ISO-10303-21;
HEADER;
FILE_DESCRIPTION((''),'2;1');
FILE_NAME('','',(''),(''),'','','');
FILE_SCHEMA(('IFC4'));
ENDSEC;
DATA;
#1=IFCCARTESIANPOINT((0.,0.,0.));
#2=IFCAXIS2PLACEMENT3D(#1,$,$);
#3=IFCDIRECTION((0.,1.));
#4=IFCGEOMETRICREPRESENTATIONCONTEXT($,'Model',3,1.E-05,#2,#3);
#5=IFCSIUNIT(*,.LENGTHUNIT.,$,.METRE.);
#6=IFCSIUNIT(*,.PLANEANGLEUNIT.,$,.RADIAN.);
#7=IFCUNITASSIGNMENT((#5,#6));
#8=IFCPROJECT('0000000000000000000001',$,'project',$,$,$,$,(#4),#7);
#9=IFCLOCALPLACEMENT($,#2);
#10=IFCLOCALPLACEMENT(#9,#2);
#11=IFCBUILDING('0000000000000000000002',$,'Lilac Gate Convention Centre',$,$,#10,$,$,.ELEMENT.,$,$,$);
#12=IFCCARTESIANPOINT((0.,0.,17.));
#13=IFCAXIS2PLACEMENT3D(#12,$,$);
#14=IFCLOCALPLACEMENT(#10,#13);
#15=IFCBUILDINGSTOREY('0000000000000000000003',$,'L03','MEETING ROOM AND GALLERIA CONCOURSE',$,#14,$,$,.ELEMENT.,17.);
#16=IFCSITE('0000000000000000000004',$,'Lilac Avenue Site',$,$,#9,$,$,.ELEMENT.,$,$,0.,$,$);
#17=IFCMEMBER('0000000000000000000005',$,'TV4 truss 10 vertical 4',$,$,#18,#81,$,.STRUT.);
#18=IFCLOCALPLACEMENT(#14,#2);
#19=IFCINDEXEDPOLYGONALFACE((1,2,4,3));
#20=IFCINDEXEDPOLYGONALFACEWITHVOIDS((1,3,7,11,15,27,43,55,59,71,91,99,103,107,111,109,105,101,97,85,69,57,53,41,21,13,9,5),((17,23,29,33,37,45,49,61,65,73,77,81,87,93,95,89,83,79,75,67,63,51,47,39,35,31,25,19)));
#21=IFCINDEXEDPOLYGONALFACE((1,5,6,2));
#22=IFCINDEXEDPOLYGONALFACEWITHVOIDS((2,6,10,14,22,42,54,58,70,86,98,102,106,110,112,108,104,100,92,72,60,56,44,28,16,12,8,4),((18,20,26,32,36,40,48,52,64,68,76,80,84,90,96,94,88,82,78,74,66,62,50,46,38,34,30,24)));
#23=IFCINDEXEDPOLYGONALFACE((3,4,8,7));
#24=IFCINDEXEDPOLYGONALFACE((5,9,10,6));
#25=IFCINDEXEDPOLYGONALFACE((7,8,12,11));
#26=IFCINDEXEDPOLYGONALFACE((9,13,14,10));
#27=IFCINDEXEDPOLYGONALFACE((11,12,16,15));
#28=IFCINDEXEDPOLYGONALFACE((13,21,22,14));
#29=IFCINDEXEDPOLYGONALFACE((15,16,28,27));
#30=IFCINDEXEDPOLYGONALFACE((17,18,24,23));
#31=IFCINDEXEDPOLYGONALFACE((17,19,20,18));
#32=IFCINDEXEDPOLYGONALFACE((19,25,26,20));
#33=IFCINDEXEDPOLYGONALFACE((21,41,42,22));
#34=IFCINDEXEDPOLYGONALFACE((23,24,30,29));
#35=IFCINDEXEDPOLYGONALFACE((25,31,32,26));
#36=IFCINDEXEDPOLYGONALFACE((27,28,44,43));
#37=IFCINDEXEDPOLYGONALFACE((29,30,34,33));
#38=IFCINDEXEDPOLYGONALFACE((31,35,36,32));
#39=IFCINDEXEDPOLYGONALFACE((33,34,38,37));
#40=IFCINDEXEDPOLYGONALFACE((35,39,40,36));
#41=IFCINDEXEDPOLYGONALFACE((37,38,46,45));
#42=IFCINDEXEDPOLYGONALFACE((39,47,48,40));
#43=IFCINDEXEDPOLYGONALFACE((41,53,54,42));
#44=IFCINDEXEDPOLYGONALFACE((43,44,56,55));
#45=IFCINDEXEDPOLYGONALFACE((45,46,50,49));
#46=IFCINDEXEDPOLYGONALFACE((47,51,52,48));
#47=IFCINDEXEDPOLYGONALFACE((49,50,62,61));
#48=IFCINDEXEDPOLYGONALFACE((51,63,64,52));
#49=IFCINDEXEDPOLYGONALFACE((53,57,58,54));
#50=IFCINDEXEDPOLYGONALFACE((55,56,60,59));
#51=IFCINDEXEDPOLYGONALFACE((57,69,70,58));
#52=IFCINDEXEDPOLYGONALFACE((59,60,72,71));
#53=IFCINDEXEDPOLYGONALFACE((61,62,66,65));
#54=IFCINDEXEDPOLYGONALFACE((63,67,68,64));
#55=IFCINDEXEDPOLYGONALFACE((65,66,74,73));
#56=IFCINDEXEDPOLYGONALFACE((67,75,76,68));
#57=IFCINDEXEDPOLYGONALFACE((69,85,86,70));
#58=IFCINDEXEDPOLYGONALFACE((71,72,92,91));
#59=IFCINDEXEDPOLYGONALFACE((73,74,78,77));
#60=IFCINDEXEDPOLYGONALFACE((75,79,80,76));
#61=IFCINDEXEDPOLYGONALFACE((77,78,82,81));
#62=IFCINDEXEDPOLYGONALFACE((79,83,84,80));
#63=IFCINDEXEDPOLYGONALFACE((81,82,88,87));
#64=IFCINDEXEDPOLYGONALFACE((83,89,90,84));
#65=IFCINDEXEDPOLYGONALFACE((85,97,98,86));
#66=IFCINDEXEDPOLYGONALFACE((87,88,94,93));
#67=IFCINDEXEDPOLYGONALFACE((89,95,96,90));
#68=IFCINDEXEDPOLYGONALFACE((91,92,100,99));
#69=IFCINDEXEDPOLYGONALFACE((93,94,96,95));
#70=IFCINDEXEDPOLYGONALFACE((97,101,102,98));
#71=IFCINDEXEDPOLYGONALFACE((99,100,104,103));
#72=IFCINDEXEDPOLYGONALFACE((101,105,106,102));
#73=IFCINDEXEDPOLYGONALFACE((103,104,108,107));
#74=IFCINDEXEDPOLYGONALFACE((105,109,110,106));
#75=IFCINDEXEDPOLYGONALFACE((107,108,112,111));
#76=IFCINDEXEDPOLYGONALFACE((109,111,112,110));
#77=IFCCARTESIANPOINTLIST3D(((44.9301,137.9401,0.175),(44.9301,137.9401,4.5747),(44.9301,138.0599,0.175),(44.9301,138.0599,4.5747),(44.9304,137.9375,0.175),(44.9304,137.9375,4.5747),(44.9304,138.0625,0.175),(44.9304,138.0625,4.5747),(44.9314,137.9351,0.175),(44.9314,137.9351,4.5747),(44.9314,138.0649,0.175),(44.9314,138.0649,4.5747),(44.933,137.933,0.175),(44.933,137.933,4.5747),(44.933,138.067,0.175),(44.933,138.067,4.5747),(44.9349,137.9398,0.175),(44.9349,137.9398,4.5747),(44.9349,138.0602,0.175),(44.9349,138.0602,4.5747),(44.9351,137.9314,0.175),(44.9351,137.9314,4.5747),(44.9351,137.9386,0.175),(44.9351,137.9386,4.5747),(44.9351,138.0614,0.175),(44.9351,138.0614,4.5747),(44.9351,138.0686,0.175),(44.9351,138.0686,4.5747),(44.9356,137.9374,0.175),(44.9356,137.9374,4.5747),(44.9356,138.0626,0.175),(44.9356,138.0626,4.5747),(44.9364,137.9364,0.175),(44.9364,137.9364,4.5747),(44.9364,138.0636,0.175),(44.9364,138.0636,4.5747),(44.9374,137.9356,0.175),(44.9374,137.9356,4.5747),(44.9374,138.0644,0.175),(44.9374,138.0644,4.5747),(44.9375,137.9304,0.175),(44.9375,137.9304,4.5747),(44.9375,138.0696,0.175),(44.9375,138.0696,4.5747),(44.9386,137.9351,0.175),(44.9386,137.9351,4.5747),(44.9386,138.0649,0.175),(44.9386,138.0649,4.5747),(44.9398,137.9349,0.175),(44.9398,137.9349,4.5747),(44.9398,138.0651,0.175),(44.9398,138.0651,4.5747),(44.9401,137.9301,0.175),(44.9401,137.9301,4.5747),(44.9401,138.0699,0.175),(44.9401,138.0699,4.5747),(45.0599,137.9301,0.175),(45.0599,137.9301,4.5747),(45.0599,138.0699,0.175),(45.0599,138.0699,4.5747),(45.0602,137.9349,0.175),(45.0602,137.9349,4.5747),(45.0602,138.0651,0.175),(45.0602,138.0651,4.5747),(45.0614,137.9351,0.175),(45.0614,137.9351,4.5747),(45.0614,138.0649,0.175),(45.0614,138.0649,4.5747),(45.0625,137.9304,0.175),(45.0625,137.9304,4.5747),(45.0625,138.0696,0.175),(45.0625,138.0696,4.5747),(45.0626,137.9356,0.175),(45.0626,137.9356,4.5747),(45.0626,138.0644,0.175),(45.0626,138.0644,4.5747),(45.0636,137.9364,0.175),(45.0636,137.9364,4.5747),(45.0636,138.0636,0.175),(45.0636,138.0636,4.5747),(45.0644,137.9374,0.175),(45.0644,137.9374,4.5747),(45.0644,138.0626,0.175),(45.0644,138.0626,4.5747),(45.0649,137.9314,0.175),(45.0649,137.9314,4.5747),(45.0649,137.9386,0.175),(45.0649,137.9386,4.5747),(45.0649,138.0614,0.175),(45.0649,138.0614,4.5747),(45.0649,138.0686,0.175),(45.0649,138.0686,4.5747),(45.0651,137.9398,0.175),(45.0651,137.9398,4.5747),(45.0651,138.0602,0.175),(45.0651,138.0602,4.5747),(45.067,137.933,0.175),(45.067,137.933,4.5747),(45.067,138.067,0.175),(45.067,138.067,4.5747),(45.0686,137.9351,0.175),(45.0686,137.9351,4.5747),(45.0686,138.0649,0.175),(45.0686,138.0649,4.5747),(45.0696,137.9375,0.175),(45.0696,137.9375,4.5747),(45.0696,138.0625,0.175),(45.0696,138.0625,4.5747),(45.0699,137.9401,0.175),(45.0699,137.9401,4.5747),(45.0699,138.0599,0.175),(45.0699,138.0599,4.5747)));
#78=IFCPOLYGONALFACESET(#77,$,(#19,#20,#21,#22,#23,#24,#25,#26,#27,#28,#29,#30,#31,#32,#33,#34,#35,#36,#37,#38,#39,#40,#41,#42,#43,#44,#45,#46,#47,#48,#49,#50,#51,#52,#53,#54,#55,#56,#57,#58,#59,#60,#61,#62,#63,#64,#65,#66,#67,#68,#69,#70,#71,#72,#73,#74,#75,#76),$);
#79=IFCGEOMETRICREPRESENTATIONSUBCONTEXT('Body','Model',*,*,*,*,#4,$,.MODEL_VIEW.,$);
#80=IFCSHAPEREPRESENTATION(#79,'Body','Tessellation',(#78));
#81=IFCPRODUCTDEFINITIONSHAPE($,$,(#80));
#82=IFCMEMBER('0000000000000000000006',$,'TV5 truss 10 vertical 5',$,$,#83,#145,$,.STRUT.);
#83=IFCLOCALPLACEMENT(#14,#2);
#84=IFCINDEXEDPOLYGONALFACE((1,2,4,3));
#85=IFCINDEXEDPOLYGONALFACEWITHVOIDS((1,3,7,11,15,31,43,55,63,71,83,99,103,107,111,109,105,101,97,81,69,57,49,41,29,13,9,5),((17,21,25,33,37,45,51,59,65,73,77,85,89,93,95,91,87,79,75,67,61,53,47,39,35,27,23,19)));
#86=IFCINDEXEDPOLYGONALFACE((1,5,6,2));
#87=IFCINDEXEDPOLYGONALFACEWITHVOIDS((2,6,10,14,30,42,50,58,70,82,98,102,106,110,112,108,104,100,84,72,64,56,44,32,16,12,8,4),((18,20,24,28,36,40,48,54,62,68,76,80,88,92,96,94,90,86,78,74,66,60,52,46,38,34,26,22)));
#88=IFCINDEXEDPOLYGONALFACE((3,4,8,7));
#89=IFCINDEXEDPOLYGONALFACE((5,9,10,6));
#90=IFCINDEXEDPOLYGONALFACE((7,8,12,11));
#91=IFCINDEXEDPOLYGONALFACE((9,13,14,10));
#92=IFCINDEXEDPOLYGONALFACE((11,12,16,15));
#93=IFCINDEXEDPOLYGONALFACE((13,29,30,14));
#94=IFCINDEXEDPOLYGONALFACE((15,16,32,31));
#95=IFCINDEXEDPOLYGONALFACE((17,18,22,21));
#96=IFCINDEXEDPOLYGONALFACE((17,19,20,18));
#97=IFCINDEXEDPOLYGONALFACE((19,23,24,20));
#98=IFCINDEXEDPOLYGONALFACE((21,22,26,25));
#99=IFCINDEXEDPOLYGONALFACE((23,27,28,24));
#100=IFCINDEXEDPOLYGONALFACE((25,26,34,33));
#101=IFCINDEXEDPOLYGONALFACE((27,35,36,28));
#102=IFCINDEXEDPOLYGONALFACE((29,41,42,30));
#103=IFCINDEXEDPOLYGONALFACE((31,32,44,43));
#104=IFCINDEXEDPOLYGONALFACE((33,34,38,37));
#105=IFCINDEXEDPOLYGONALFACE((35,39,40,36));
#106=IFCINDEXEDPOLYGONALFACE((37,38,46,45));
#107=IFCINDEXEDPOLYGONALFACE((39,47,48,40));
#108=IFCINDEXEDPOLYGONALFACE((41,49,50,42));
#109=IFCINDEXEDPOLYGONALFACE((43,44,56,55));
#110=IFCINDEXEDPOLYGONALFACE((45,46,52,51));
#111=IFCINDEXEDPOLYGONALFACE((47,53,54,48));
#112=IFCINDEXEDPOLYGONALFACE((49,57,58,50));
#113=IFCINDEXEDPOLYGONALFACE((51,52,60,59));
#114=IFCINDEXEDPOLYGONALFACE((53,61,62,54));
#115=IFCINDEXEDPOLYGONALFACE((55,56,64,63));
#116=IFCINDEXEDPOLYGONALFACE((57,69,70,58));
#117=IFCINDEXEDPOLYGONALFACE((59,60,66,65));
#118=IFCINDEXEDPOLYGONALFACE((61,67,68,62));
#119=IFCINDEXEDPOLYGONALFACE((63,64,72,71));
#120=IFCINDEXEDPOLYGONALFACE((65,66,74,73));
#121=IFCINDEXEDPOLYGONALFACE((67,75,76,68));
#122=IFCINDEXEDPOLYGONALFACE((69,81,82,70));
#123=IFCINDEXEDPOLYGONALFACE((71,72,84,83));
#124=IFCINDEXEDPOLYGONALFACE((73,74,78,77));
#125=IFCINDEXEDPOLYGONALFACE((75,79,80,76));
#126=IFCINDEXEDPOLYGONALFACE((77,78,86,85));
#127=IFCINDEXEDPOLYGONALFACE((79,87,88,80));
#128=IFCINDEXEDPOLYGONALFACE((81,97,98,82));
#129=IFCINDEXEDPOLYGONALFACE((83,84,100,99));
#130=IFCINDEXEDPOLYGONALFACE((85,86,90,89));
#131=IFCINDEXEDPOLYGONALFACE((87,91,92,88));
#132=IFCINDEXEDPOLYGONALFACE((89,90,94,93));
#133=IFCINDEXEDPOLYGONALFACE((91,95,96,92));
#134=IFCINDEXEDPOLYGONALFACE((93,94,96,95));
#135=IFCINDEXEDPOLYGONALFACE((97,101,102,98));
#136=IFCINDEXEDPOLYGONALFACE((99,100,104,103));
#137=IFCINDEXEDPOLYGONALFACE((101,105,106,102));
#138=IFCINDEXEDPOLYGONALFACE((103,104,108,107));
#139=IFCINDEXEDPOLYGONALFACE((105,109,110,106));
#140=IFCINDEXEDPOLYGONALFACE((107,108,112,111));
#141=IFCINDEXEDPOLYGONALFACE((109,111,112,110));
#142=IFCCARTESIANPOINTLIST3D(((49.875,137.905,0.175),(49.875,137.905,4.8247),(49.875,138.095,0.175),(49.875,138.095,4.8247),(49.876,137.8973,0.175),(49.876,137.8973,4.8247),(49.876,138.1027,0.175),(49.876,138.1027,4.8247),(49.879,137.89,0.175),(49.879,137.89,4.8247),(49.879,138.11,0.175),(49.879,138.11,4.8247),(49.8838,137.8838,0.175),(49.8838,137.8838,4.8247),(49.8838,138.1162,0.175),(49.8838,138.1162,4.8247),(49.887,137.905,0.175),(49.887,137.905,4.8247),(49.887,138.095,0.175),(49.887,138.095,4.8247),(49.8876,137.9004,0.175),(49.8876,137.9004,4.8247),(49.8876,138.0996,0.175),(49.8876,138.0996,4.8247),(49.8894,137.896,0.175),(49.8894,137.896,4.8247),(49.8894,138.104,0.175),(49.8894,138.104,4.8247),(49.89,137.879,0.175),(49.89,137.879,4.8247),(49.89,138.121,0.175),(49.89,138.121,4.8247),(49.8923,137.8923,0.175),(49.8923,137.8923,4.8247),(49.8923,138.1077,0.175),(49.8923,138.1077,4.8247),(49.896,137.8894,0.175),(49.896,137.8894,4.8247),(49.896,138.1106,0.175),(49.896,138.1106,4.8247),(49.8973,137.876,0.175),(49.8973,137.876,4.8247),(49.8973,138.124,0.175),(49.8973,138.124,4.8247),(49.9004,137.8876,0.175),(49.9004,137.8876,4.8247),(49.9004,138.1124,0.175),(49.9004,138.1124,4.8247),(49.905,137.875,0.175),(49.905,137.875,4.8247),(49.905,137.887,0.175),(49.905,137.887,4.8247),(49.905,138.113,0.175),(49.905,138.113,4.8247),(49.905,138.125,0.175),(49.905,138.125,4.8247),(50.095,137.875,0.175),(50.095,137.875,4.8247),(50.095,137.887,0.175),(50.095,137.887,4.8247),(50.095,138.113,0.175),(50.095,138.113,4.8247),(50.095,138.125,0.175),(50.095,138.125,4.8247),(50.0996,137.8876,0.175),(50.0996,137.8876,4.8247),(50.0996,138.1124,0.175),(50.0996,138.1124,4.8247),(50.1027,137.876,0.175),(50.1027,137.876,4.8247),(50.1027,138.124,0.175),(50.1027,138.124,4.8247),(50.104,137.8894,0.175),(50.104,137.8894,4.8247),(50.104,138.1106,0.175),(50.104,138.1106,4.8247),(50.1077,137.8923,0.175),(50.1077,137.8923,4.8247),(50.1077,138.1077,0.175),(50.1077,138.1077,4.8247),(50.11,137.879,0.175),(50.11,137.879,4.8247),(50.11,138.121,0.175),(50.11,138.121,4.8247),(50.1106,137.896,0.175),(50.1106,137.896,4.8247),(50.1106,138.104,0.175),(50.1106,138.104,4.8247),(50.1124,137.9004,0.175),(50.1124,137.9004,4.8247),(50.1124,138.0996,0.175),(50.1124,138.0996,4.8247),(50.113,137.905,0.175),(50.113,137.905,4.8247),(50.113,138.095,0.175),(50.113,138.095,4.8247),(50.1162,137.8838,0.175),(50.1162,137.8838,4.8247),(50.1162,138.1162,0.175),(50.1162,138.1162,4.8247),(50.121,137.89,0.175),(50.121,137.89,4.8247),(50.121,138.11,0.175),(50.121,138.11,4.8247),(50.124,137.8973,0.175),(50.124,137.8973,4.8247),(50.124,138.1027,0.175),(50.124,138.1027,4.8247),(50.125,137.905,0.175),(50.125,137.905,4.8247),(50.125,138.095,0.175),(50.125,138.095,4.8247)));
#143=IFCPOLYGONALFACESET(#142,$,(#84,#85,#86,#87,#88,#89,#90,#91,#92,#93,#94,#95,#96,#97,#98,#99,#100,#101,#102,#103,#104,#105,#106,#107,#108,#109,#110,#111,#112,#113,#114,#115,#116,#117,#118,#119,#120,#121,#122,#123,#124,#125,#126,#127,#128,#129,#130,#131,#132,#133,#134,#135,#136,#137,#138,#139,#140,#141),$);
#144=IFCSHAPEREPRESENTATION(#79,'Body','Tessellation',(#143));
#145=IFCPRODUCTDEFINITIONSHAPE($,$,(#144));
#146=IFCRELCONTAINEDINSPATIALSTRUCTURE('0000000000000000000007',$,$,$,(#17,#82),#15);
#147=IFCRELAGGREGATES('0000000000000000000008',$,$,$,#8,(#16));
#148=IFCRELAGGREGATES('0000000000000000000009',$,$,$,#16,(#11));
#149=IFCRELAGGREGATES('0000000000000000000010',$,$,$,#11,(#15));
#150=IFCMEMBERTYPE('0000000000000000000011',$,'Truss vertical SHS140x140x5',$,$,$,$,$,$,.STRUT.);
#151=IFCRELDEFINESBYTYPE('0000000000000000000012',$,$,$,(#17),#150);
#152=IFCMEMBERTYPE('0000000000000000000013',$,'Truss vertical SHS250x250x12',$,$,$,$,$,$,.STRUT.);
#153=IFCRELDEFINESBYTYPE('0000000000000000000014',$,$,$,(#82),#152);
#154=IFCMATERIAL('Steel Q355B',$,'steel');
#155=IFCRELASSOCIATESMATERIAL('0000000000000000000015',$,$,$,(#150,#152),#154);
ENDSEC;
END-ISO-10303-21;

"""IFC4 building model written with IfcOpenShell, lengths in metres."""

from ifc_helpers import new_model, si_unit, direction, frame, origin, origin_2d, place, context, subcontext, project, spatial, hollow_rectangle, extrude, material, material_profile, profile_set, type_object, element, save


model = new_model("IFC4")

# Units and contexts
model_context = context("Model", 3, precision=1e-05, world=origin(), true_north=direction((0.0, 1.0)))
body_context = subcontext(model_context, "Body", "Model", "MODEL_VIEW")
ifc_project = project(units=[si_unit("LENGTHUNIT", "METRE"), si_unit("PLANEANGLEUNIT", "RADIAN")], contexts=[model_context])

# Site, building, storey
site_placement = place(None, origin())
site = spatial("IfcSite", under=ifc_project, at=site_placement, Name="Lilac Avenue Site", CompositionType="ELEMENT", RefElevation=0.0)
building_placement = place(site_placement, origin())
building = spatial("IfcBuilding", under=site, at=building_placement, Name="Lilac Gate Convention Centre", CompositionType="ELEMENT")
storey_placement = place(building_placement, frame((0.0, 0.0, 17.0)))
storey = spatial("IfcBuildingStorey", under=building, at=storey_placement, Name="L03", Description="MEETING ROOM AND GALLERIA CONCOURSE", CompositionType="ELEMENT", Elevation=17.0)

# Members
ifc_material = material(Name="Steel Q355B", Category="steel")
ifc_material_profile_1 = material_profile(ifc_material, hollow_rectangle(XDim=0.1399, YDim=0.1399, WallThickness=0.0049, InnerFilletRadius=0.0049, OuterFilletRadius=0.01, at=origin_2d()), Name="SHS140x140x5")
ifc_profile_set_1 = profile_set([ifc_material_profile_1], Name="Steel Q355B")
member_type_1 = type_object("IfcMemberType", Name="Truss vertical SHS140x140x5", PredefinedType="STRUT", material=ifc_profile_set_1)
member_1_placement = place(storey_placement, frame((45.0, 138.0, 0.175), z_axis=(0.0, 0.0, 1.0), x_axis=(1.0, 0.0, 0.0)))
element("IfcMember", 1, at=member_1_placement, inside=storey, type_object=member_type_1, Name="TV4 truss 10 vertical 4", PredefinedType="STRUT", context=body_context, shape_type="SweptSolid", body=[
    extrude(hollow_rectangle(XDim=0.1399, YDim=0.1399, WallThickness=0.0049, InnerFilletRadius=0.0049, OuterFilletRadius=0.01, at=origin_2d()), origin(), (0.0, 0.0, 1.0), 4.3997),
])
ifc_material_profile_2 = material_profile(ifc_material, hollow_rectangle(XDim=0.25, YDim=0.25, WallThickness=0.012, InnerFilletRadius=0.0181, OuterFilletRadius=0.03, at=origin_2d()), Name="SHS250x250x12")
ifc_profile_set_2 = profile_set([ifc_material_profile_2], Name="Steel Q355B")
member_type_2 = type_object("IfcMemberType", Name="Truss vertical SHS250x250x12", PredefinedType="STRUT", material=ifc_profile_set_2)
member_2_placement = place(storey_placement, frame((50.0, 138.0, 0.175), z_axis=(0.0, 0.0, 1.0), x_axis=(1.0, 0.0, 0.0)))
element("IfcMember", 2, at=member_2_placement, inside=storey, type_object=member_type_2, Name="TV5 truss 10 vertical 5", PredefinedType="STRUT", context=body_context, shape_type="SweptSolid", body=[
    extrude(hollow_rectangle(XDim=0.25, YDim=0.25, WallThickness=0.012, InnerFilletRadius=0.0181, OuterFilletRadius=0.03, at=origin_2d()), origin(), (0.0, 0.0, 1.0), 4.6497),
])

save(model, "model.ifc")
